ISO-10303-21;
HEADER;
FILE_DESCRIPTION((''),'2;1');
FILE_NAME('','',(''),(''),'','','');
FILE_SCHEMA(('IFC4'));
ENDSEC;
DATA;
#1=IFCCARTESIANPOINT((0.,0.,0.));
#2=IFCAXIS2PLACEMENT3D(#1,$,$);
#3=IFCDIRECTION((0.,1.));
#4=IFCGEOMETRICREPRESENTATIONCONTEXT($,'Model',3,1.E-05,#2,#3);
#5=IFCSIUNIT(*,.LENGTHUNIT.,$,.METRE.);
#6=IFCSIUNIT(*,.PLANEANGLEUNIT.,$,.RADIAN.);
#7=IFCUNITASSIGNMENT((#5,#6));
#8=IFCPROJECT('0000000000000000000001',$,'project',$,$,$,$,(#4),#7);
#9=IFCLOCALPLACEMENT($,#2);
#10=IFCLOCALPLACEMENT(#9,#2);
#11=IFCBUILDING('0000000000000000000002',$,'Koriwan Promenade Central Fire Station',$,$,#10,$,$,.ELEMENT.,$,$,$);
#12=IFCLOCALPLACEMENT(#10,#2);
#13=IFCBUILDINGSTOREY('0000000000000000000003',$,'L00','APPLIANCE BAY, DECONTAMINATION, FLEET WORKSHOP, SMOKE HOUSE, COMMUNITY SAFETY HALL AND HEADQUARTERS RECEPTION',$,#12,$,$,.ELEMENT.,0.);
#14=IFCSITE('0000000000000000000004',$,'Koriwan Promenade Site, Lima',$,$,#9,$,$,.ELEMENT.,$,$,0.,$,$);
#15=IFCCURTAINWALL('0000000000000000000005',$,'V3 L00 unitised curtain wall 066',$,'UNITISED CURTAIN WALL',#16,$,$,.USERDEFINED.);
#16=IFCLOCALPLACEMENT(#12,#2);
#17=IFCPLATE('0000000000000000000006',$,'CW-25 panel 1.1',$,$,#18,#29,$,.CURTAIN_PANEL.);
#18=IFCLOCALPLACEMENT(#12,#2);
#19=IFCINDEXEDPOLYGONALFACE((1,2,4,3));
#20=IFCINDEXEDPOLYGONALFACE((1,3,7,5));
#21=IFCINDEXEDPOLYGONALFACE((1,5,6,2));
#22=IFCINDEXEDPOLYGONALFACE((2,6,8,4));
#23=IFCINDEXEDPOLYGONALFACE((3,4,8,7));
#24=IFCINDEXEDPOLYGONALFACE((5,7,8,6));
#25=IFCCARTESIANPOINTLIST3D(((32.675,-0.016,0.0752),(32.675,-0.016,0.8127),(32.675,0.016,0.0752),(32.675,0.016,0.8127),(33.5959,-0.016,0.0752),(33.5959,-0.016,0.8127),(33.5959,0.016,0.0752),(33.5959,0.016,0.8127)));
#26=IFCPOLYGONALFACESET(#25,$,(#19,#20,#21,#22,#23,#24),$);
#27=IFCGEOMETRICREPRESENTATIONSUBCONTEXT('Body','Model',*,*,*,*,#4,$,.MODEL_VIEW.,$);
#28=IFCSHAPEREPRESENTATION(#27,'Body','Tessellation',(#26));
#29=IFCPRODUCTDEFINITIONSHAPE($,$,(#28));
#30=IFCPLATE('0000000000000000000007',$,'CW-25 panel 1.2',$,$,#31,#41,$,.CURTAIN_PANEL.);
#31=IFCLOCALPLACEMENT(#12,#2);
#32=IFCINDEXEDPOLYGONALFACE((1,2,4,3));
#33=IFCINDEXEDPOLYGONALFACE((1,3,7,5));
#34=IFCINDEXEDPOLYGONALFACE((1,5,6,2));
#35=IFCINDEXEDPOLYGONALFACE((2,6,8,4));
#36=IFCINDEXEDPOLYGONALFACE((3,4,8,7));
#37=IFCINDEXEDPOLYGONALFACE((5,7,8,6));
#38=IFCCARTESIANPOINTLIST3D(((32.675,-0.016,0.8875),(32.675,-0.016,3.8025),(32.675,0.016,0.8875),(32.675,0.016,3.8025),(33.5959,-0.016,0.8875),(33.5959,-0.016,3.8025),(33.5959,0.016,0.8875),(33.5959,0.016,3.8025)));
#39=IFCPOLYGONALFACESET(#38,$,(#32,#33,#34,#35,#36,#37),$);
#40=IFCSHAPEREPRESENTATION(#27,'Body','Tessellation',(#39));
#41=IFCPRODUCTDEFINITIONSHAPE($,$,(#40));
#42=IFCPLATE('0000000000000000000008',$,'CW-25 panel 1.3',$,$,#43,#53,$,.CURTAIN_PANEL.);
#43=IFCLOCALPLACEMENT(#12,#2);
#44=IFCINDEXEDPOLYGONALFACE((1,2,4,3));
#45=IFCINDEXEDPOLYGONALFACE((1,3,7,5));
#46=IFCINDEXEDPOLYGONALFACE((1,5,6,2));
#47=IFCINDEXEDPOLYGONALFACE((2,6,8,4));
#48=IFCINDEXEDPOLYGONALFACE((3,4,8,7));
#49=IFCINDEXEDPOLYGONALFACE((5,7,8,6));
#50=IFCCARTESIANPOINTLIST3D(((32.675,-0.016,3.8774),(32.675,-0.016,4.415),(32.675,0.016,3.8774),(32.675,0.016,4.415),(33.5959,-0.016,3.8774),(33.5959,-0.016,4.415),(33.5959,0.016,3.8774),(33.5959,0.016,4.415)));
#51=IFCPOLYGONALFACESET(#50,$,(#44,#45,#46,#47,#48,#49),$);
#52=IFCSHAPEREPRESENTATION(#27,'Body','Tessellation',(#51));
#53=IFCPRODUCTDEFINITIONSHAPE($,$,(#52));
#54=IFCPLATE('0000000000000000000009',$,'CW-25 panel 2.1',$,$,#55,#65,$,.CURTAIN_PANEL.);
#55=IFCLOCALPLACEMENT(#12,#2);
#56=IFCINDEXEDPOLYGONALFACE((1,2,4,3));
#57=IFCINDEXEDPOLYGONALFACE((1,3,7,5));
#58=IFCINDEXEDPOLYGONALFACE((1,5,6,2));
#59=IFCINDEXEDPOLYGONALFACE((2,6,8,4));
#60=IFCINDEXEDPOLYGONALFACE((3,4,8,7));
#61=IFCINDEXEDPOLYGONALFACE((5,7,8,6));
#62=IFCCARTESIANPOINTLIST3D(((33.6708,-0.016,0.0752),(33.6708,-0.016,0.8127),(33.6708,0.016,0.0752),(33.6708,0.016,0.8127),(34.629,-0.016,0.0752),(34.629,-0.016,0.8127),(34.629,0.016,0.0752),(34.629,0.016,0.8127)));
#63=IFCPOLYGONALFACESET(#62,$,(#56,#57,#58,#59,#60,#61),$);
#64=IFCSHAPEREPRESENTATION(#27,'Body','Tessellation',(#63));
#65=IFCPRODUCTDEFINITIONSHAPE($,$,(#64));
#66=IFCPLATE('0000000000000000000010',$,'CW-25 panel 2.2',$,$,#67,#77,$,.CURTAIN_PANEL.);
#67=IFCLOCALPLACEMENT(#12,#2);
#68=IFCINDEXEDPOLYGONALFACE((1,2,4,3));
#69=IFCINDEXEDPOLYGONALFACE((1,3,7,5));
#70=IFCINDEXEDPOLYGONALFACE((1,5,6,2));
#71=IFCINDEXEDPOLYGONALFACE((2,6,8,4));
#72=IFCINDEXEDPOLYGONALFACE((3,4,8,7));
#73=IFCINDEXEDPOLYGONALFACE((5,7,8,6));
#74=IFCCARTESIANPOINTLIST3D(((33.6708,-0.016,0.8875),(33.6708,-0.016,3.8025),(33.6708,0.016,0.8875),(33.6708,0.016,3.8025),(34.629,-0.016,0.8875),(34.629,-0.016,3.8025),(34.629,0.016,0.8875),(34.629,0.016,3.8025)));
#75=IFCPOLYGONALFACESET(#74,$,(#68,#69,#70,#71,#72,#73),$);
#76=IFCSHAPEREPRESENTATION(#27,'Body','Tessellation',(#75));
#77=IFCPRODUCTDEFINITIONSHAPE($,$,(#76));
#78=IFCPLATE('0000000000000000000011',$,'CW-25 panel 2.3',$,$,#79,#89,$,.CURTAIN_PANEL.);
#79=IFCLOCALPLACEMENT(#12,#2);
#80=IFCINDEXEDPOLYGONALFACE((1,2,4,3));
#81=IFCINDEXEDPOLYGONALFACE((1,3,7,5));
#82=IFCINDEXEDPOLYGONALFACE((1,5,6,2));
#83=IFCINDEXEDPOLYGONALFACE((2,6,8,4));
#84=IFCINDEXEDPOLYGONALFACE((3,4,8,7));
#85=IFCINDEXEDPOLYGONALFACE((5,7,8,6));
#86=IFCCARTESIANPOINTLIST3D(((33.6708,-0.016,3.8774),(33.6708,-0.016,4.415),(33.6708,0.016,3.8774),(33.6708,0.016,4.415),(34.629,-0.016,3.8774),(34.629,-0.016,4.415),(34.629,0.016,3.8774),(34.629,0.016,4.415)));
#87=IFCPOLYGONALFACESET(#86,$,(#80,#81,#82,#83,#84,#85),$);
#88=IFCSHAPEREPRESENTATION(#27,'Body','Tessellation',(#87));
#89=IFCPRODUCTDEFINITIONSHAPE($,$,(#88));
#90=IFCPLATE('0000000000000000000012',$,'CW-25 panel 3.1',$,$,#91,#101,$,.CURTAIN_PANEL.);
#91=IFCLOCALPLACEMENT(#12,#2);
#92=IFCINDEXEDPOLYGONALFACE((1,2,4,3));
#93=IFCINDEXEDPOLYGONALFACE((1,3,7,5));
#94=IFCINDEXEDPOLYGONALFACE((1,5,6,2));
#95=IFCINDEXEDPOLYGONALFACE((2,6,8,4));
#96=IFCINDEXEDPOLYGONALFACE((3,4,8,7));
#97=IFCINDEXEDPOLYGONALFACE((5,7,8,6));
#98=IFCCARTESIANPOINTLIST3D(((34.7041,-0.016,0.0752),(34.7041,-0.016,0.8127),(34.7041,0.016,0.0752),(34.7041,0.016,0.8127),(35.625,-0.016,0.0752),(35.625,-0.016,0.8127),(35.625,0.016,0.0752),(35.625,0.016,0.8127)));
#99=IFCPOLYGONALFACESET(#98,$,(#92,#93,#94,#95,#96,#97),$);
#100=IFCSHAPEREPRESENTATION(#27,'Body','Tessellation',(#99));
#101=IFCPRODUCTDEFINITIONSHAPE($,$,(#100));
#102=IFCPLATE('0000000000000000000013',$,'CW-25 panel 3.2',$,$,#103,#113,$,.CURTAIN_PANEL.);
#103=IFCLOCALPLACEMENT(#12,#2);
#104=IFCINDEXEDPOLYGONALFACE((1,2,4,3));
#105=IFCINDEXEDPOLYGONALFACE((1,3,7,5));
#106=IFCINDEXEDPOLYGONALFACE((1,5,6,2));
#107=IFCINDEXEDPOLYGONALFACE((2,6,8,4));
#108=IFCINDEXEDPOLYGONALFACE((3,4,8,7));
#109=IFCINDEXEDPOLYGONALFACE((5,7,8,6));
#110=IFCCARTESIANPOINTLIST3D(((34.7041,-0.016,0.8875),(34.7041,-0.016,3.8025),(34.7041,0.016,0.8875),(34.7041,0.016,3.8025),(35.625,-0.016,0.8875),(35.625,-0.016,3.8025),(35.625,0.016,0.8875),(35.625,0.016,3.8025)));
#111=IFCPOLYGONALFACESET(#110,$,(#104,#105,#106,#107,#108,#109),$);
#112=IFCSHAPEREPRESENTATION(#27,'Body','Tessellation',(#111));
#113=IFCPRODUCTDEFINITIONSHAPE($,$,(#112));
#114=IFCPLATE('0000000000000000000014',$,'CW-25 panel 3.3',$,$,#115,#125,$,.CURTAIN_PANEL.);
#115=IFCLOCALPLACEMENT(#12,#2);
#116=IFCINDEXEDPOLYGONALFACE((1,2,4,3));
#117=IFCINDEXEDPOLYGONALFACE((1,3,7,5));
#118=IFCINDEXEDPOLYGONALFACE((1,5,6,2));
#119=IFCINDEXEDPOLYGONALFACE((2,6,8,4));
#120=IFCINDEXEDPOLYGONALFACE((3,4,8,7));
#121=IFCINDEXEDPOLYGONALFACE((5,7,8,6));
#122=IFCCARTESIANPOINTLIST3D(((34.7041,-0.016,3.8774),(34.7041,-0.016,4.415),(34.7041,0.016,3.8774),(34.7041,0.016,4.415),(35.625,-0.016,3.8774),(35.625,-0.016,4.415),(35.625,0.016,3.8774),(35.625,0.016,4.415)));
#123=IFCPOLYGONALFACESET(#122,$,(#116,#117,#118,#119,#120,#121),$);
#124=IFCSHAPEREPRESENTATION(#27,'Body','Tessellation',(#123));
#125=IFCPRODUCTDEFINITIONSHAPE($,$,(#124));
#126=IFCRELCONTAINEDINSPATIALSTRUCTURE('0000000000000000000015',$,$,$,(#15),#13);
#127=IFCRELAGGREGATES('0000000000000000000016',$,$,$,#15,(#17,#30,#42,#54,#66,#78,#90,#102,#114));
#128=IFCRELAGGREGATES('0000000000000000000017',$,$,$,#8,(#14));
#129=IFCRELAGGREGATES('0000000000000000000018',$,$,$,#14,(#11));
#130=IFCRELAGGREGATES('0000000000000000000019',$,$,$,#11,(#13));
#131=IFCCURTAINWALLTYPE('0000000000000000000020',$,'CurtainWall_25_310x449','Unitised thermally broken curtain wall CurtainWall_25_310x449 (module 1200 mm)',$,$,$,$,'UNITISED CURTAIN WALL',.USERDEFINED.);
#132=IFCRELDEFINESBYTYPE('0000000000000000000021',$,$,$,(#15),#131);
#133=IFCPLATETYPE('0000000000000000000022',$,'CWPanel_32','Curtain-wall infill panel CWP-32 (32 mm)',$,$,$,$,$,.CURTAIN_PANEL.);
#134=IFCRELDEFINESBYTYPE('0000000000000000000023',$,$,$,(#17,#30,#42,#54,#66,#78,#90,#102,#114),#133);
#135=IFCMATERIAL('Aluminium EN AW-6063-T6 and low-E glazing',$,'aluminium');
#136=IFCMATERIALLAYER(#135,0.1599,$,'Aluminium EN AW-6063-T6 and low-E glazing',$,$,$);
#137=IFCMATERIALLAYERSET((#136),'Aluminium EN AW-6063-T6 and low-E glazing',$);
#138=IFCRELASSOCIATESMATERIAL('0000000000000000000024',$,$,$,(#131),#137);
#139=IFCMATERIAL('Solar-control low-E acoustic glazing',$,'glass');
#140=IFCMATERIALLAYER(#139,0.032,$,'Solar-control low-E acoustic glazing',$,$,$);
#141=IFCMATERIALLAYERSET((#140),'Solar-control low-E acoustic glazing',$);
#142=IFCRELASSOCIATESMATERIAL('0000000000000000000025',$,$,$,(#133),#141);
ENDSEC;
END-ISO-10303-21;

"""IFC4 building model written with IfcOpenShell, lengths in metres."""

from ifc_helpers import new_model, si_unit, direction, frame, origin, origin_2d, place, context, subcontext, project, spatial, rectangle, extrude, material, layer, layer_set, type_object, element, aggregate, save


model = new_model("IFC4")

# Units and contexts
model_context = context("Model", 3, precision=1e-05, world=origin(), true_north=direction((0.0, 1.0)))
body_context = subcontext(model_context, "Body", "Model", "MODEL_VIEW")
ifc_project = project(units=[si_unit("LENGTHUNIT", "METRE"), si_unit("PLANEANGLEUNIT", "RADIAN")], contexts=[model_context])

# Site, building, storey
site_placement = place(None, origin())
site = spatial("IfcSite", under=ifc_project, at=site_placement, Name="Koriwan Promenade Site, Lima", CompositionType="ELEMENT", RefElevation=0.0)
building_placement = place(site_placement, origin())
building = spatial("IfcBuilding", under=site, at=building_placement, Name="Koriwan Promenade Central Fire Station", CompositionType="ELEMENT")
storey_placement = place(building_placement, origin())
storey = spatial("IfcBuildingStorey", under=building, at=storey_placement, Name="L00", Description="APPLIANCE BAY, DECONTAMINATION, FLEET WORKSHOP, SMOKE HOUSE, COMMUNITY SAFETY HALL AND HEADQUARTERS RECEPTION", CompositionType="ELEMENT", Elevation=0.0)

# Shared definitions
ifc_material_1 = material(Name="Aluminium EN AW-6063-T6 and low-E glazing", Category="aluminium")

# Curtain wall
ifc_layer_1 = layer(ifc_material_1, 0.1599, Name="Aluminium EN AW-6063-T6 and low-E glazing")
ifc_layer_set_1 = layer_set([ifc_layer_1], Name="Aluminium EN AW-6063-T6 and low-E glazing")
curtain_wall_type_1 = type_object("IfcCurtainWallType", Name="CurtainWall_25_310x449", Description="Unitised thermally broken curtain wall CurtainWall_25_310x449 (module 1200 mm)", ElementType="UNITISED CURTAIN WALL", PredefinedType="USERDEFINED", material=ifc_layer_set_1)
curtain_wall_1_placement = place(storey_placement, origin())
curtain_wall_1 = element("IfcCurtainWall", 1, at=curtain_wall_1_placement, inside=storey, type_object=curtain_wall_type_1, Name="V3 L00 unitised curtain wall 066", ObjectType="UNITISED CURTAIN WALL", PredefinedType="USERDEFINED")

# Plates
ifc_material_2 = material(Name="Solar-control low-E acoustic glazing", Category="glass")
ifc_layer_2 = layer(ifc_material_2, 0.032, Name="Solar-control low-E acoustic glazing")
ifc_layer_set_2 = layer_set([ifc_layer_2], Name="Solar-control low-E acoustic glazing")
plate_type = type_object("IfcPlateType", Name="CWPanel_32", Description="Curtain-wall infill panel CWP-32 (32 mm)", PredefinedType="CURTAIN_PANEL", material=ifc_layer_set_2)
plate_1_placement = place(storey_placement, frame((33.1355, 0.0, 0.0752), z_axis=(0.0, 0.0, 1.0), x_axis=(1.0, 0.0, 0.0)))
plate_1 = element("IfcPlate", 2, at=plate_1_placement, type_object=plate_type, Name="CW-25 panel 1.1", PredefinedType="CURTAIN_PANEL", context=body_context, shape_type="SweptSolid", body=[
    extrude(rectangle(XDim=0.9209, YDim=0.032, at=origin_2d()), origin(), (0.0, 0.0, 1.0), 0.7375),
])
plate_2_placement = place(storey_placement, frame((33.1355, 0.0, 0.8875), z_axis=(0.0, 0.0, 1.0), x_axis=(1.0, 0.0, 0.0)))
plate_2 = element("IfcPlate", 3, at=plate_2_placement, type_object=plate_type, Name="CW-25 panel 1.2", PredefinedType="CURTAIN_PANEL", context=body_context, shape_type="SweptSolid", body=[
    extrude(rectangle(XDim=0.9209, YDim=0.032, at=origin_2d()), origin(), (0.0, 0.0, 1.0), 2.915),
])
plate_3_placement = place(storey_placement, frame((33.1355, 0.0, 3.8774), z_axis=(0.0, 0.0, 1.0), x_axis=(1.0, 0.0, 0.0)))
plate_3 = element("IfcPlate", 4, at=plate_3_placement, type_object=plate_type, Name="CW-25 panel 1.3", PredefinedType="CURTAIN_PANEL", context=body_context, shape_type="SweptSolid", body=[
    extrude(rectangle(XDim=0.9209, YDim=0.032, at=origin_2d()), origin(), (0.0, 0.0, 1.0), 0.5376),
])
plate_4_placement = place(storey_placement, frame((34.1499, 0.0, 0.0752), z_axis=(0.0, 0.0, 1.0), x_axis=(1.0, 0.0, 0.0)))
plate_4 = element("IfcPlate", 5, at=plate_4_placement, type_object=plate_type, Name="CW-25 panel 2.1", PredefinedType="CURTAIN_PANEL", context=body_context, shape_type="SweptSolid", body=[
    extrude(rectangle(XDim=0.9583, YDim=0.032, at=origin_2d()), origin(), (0.0, 0.0, 1.0), 0.7375),
])
plate_5_placement = place(storey_placement, frame((34.1499, 0.0, 0.8875), z_axis=(0.0, 0.0, 1.0), x_axis=(1.0, 0.0, 0.0)))
plate_5 = element("IfcPlate", 6, at=plate_5_placement, type_object=plate_type, Name="CW-25 panel 2.2", PredefinedType="CURTAIN_PANEL", context=body_context, shape_type="SweptSolid", body=[
    extrude(rectangle(XDim=0.9583, YDim=0.032, at=origin_2d()), origin(), (0.0, 0.0, 1.0), 2.915),
])
plate_6_placement = place(storey_placement, frame((34.1499, 0.0, 3.8774), z_axis=(0.0, 0.0, 1.0), x_axis=(1.0, 0.0, 0.0)))
plate_6 = element("IfcPlate", 7, at=plate_6_placement, type_object=plate_type, Name="CW-25 panel 2.3", PredefinedType="CURTAIN_PANEL", context=body_context, shape_type="SweptSolid", body=[
    extrude(rectangle(XDim=0.9583, YDim=0.032, at=origin_2d()), origin(), (0.0, 0.0, 1.0), 0.5376),
])
plate_7_placement = place(storey_placement, frame((35.1646, 0.0, 0.0752), z_axis=(0.0, 0.0, 1.0), x_axis=(1.0, 0.0, 0.0)))
plate_7 = element("IfcPlate", 8, at=plate_7_placement, type_object=plate_type, Name="CW-25 panel 3.1", PredefinedType="CURTAIN_PANEL", context=body_context, shape_type="SweptSolid", body=[
    extrude(rectangle(XDim=0.9209, YDim=0.032, at=origin_2d()), origin(), (0.0, 0.0, 1.0), 0.7375),
])
plate_8_placement = place(storey_placement, frame((35.1646, 0.0, 0.8875), z_axis=(0.0, 0.0, 1.0), x_axis=(1.0, 0.0, 0.0)))
plate_8 = element("IfcPlate", 9, at=plate_8_placement, type_object=plate_type, Name="CW-25 panel 3.2", PredefinedType="CURTAIN_PANEL", context=body_context, shape_type="SweptSolid", body=[
    extrude(rectangle(XDim=0.9209, YDim=0.032, at=origin_2d()), origin(), (0.0, 0.0, 1.0), 2.915),
])
plate_9_placement = place(storey_placement, frame((35.1646, 0.0, 3.8774), z_axis=(0.0, 0.0, 1.0), x_axis=(1.0, 0.0, 0.0)))
plate_9 = element("IfcPlate", 10, at=plate_9_placement, type_object=plate_type, Name="CW-25 panel 3.3", PredefinedType="CURTAIN_PANEL", context=body_context, shape_type="SweptSolid", body=[
    extrude(rectangle(XDim=0.9209, YDim=0.032, at=origin_2d()), origin(), (0.0, 0.0, 1.0), 0.5376),
])
aggregate(curtain_wall_1, [plate_1, plate_2, plate_3, plate_4, plate_5, plate_6, plate_7, plate_8, plate_9])

save(model, "model.ifc")
